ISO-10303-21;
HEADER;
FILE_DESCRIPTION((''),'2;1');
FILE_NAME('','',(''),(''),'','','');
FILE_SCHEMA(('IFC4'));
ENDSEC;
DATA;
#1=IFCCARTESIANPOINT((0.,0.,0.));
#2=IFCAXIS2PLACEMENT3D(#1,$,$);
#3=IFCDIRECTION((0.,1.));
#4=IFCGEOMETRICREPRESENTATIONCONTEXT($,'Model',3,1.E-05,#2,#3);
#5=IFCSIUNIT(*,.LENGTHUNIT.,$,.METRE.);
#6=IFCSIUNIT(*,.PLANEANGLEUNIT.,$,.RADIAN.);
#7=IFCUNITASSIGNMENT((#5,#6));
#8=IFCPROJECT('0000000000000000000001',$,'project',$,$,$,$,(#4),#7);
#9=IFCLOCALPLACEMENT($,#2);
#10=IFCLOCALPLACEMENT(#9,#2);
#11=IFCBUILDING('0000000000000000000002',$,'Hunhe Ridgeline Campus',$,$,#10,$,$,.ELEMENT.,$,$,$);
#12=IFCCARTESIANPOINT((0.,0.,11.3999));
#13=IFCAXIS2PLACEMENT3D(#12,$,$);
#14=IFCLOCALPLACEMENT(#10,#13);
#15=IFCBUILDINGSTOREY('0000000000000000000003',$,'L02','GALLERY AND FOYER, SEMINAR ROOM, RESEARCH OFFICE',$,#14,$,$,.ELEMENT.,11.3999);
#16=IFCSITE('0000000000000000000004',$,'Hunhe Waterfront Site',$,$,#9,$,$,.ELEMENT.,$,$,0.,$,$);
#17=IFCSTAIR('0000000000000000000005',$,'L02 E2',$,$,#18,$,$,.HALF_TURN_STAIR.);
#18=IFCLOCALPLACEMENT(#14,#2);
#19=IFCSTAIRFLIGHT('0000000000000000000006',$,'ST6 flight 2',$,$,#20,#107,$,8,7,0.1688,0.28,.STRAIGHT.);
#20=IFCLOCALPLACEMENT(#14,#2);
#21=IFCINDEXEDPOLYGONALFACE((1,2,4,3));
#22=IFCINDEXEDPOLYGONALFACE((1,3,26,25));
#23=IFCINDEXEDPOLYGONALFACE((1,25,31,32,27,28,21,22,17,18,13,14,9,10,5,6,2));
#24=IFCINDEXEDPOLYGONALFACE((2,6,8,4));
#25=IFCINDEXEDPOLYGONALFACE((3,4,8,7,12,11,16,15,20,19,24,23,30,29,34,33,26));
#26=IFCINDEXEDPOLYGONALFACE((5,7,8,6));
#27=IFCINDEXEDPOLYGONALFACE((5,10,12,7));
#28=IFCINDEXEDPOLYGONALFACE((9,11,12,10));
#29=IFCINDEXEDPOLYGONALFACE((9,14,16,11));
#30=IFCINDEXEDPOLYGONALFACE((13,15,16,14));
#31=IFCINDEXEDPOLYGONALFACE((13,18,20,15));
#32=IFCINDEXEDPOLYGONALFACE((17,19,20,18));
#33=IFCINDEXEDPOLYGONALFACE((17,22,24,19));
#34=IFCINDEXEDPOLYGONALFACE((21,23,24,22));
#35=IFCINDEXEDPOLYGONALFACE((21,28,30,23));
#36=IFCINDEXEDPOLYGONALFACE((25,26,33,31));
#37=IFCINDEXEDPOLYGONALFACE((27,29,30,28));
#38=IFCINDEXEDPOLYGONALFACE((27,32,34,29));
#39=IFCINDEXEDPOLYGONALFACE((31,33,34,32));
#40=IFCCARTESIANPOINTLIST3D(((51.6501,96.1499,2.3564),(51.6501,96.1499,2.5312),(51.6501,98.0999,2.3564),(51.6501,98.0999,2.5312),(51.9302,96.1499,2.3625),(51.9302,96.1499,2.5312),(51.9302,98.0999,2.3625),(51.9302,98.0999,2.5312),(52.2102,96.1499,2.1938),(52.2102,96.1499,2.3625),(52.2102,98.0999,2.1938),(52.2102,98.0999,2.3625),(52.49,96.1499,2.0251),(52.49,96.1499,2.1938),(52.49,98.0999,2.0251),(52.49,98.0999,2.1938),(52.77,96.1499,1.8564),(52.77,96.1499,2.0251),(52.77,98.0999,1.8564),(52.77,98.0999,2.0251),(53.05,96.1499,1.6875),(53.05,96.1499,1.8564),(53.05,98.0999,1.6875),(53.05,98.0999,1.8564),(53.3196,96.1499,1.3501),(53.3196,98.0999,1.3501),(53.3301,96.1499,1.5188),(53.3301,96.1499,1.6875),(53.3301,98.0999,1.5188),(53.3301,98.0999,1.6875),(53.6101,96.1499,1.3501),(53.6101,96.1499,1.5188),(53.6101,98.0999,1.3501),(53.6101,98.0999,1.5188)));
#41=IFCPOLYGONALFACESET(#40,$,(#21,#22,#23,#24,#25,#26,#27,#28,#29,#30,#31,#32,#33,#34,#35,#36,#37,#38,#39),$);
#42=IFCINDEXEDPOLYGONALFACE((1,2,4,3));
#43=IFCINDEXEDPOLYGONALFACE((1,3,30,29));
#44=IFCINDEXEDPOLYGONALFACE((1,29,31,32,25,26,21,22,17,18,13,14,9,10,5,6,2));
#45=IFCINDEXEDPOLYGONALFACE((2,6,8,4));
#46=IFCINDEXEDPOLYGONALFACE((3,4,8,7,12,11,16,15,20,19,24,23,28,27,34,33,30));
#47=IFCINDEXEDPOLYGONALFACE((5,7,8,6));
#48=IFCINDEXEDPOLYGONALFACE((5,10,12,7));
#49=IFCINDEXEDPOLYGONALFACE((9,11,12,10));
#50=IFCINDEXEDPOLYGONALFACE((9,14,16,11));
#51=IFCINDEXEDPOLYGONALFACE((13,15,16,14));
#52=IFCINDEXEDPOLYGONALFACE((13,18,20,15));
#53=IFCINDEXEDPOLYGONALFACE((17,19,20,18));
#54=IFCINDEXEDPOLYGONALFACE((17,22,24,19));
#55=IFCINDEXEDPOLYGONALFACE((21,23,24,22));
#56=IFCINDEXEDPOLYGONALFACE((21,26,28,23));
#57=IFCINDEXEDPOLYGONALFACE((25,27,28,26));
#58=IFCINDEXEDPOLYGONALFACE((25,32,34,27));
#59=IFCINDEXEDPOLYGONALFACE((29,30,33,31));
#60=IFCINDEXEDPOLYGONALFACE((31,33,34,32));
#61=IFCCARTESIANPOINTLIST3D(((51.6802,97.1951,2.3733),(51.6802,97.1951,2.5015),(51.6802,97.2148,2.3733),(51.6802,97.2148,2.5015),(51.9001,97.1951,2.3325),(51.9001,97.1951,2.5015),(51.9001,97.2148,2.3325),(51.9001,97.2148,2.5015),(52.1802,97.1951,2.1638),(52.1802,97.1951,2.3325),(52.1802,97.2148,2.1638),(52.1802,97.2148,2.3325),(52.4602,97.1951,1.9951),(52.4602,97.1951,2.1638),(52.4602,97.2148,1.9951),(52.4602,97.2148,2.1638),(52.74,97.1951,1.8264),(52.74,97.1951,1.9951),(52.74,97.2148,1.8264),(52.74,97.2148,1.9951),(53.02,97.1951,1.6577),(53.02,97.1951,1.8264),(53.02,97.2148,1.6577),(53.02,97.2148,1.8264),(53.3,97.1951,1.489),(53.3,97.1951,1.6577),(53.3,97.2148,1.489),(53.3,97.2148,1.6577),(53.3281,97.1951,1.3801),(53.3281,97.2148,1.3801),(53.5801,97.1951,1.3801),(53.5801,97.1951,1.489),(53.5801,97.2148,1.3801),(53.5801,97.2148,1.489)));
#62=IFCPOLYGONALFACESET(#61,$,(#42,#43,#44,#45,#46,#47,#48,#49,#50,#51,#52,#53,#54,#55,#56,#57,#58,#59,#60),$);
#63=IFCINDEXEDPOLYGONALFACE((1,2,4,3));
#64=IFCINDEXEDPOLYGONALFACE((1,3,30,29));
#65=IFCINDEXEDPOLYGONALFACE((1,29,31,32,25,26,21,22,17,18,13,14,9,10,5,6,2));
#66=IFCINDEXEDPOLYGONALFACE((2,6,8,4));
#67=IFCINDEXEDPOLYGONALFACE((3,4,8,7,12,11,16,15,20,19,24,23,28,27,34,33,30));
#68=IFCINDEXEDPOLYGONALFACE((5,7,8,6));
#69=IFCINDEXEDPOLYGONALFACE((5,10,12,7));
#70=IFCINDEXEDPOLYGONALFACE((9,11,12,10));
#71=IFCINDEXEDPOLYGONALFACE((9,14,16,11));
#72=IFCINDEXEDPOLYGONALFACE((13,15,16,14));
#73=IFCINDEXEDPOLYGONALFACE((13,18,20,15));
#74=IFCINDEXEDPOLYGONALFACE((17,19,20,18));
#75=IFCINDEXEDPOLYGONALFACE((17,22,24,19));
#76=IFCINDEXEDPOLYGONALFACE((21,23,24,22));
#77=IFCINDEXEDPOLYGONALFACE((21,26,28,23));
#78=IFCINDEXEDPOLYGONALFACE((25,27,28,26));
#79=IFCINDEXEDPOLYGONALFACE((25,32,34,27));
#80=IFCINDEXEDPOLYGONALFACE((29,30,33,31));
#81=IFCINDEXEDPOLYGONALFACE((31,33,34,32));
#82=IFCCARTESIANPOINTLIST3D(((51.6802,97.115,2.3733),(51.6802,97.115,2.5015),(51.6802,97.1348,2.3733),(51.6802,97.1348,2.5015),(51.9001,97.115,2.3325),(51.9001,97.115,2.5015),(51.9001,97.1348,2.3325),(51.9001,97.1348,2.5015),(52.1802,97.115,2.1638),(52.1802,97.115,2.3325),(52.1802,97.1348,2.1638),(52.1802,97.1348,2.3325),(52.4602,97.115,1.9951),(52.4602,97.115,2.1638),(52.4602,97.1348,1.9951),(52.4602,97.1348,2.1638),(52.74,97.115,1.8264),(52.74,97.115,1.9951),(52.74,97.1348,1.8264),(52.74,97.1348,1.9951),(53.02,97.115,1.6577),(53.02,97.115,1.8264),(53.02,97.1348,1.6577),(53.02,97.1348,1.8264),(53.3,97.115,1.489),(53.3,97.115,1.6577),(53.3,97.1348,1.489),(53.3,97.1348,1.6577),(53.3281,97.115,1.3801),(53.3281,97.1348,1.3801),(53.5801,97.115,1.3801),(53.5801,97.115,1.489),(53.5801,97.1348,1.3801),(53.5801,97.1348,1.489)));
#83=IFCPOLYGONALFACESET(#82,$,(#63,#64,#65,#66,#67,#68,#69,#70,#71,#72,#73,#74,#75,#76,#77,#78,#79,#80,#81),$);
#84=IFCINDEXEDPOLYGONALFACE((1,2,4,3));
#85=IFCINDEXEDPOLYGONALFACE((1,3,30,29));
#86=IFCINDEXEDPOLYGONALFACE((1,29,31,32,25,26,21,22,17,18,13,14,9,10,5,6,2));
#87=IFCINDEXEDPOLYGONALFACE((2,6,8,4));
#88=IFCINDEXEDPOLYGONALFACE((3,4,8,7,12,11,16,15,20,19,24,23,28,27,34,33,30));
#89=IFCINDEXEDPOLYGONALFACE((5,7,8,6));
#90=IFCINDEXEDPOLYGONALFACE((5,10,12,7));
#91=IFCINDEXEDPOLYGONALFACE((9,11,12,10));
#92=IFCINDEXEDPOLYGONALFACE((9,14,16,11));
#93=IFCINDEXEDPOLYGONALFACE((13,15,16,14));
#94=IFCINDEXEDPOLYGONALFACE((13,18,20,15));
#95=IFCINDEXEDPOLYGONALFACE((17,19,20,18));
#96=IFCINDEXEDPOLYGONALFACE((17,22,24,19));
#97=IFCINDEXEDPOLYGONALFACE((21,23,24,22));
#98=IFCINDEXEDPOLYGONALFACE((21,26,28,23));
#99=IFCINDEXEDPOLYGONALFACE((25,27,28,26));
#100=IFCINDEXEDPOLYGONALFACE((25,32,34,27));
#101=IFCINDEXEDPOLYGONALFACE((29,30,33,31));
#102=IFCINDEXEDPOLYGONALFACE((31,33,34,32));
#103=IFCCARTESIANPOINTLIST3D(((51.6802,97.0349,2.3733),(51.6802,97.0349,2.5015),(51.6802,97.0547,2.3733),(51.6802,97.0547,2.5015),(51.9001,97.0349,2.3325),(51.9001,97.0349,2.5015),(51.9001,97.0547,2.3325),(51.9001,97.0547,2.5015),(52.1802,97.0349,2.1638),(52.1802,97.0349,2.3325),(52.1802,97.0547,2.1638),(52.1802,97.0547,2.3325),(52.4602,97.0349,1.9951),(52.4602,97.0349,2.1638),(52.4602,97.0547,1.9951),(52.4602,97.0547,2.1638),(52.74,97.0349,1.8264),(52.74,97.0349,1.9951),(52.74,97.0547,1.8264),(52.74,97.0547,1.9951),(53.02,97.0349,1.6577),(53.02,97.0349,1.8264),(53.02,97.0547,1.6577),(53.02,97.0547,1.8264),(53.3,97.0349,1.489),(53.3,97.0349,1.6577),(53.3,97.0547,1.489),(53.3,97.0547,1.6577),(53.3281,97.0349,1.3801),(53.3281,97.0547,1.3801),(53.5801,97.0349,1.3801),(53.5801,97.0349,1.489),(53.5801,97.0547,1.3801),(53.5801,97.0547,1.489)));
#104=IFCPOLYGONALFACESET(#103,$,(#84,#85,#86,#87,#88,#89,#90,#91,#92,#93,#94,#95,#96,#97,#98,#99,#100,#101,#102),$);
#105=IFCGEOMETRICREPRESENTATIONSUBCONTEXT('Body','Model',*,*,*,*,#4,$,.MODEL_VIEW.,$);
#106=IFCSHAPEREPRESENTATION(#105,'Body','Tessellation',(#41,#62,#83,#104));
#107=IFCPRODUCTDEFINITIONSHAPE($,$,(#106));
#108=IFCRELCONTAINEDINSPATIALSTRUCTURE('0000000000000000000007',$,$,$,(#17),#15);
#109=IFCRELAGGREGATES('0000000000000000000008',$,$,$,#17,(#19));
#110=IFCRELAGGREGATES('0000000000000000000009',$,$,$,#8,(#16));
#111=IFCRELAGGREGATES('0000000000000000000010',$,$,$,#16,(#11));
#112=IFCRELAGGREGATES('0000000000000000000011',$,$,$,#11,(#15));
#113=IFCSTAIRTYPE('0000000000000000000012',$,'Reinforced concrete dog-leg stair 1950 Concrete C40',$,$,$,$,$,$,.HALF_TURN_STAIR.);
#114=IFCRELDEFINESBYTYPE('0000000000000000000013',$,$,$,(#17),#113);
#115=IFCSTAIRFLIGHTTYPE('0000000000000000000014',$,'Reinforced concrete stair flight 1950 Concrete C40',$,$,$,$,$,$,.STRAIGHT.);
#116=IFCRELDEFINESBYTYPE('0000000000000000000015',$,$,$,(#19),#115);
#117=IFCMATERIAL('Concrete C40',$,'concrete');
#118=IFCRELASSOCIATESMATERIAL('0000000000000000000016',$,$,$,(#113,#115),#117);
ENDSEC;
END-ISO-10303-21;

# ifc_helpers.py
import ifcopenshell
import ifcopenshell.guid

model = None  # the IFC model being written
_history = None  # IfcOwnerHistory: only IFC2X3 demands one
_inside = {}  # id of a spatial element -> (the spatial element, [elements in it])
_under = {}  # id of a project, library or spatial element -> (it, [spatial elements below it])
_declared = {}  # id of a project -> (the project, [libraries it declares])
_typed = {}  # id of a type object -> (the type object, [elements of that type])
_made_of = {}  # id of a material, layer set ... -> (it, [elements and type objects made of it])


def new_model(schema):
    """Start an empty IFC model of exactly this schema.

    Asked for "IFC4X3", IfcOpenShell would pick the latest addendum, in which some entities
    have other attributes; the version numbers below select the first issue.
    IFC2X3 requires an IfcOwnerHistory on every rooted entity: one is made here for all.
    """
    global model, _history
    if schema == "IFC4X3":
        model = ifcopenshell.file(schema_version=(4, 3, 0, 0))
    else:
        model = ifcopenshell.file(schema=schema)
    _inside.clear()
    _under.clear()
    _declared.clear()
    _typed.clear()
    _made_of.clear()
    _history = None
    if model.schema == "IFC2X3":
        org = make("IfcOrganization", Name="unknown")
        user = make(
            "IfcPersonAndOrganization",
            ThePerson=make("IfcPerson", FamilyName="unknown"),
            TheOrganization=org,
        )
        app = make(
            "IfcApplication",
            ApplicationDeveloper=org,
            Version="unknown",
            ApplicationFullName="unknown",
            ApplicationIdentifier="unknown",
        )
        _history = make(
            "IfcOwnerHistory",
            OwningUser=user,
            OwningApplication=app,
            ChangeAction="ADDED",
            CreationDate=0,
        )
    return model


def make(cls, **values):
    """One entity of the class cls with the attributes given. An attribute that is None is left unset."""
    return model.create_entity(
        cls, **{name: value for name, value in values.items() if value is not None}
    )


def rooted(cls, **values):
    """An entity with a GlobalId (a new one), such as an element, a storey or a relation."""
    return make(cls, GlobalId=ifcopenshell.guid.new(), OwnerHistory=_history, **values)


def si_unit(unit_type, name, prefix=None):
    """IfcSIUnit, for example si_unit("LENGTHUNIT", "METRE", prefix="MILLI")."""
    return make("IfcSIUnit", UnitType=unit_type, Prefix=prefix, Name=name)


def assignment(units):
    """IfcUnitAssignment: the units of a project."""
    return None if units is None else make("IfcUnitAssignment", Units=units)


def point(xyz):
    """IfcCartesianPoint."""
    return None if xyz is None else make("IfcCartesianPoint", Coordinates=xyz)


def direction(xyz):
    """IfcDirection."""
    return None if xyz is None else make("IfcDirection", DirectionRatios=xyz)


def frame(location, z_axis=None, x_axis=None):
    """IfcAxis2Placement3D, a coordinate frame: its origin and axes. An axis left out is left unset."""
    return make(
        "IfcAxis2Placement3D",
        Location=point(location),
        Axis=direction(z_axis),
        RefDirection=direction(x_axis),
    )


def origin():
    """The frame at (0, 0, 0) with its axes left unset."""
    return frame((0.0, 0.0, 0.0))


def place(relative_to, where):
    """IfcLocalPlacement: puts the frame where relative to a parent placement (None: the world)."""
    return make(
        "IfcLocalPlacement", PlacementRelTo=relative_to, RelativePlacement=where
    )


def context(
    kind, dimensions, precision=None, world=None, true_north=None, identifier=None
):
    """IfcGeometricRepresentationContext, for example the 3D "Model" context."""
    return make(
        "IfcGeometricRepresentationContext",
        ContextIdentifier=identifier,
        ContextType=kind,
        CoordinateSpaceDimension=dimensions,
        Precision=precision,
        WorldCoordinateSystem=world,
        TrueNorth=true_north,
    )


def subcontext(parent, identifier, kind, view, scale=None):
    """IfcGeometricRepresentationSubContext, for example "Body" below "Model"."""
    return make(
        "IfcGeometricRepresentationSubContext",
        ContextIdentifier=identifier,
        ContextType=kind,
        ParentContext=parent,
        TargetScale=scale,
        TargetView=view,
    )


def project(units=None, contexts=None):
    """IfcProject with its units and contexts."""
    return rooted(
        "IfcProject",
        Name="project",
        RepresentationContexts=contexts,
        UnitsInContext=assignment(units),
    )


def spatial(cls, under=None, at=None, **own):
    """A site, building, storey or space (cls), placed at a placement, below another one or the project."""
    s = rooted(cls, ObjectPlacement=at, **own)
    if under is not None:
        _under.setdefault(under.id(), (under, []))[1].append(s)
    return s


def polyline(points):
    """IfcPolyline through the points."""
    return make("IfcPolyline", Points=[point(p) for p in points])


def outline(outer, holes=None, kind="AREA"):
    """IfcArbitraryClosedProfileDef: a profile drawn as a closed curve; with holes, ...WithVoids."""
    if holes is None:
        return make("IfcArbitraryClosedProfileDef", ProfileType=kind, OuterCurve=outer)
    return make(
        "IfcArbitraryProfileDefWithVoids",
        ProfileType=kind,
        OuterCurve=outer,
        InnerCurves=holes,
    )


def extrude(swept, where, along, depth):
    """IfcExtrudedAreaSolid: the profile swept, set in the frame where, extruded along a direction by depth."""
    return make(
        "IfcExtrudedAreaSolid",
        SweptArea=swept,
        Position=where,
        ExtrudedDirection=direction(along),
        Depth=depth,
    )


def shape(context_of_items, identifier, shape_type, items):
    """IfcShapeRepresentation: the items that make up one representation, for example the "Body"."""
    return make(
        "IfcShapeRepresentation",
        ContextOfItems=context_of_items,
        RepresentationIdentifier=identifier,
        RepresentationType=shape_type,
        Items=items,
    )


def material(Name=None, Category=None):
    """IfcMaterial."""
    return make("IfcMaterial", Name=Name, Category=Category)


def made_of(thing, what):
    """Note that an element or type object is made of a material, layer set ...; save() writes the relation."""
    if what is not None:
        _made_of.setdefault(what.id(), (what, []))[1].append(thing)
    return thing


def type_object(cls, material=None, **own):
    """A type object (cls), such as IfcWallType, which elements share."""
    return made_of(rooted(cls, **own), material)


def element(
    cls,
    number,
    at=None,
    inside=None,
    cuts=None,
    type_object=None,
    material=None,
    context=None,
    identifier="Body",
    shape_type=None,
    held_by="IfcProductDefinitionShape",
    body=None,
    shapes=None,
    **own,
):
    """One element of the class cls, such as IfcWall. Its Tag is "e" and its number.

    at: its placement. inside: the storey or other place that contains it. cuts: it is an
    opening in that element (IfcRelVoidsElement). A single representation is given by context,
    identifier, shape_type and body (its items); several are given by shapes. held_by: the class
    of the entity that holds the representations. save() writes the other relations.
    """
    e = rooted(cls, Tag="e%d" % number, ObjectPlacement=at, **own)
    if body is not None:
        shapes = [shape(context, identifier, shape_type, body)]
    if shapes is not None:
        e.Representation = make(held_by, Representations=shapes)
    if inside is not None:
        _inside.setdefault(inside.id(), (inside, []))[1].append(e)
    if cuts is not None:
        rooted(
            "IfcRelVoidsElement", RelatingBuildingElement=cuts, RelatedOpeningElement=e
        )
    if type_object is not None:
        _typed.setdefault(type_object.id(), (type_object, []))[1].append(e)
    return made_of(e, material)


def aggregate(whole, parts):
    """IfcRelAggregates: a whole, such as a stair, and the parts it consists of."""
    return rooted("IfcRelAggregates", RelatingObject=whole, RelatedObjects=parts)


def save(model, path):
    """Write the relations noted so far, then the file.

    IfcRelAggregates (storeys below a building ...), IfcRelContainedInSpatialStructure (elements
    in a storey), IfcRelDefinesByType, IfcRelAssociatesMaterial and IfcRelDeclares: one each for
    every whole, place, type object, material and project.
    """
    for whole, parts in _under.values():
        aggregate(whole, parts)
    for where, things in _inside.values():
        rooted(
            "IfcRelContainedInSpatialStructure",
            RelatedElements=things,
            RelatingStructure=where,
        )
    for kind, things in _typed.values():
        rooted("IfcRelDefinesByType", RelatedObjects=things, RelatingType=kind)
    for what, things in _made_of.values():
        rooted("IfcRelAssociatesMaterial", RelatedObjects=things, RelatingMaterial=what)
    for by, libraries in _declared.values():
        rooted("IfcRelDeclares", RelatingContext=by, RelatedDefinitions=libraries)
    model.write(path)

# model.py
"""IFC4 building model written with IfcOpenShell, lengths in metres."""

from ifc_helpers import new_model, si_unit, direction, frame, origin, place, context, subcontext, project, spatial, polyline, outline, extrude, material, type_object, element, aggregate, save


model = new_model("IFC4")

# Units and contexts
model_context = context("Model", 3, precision=1e-05, world=origin(), true_north=direction((0.0, 1.0)))
body_context = subcontext(model_context, "Body", "Model", "MODEL_VIEW")
ifc_project = project(units=[si_unit("LENGTHUNIT", "METRE"), si_unit("PLANEANGLEUNIT", "RADIAN")], contexts=[model_context])

# Site, building, storey
site_placement = place(None, origin())
site = spatial("IfcSite", under=ifc_project, at=site_placement, Name="Hunhe Waterfront Site", CompositionType="ELEMENT", RefElevation=0.0)
building_placement = place(site_placement, origin())
building = spatial("IfcBuilding", under=site, at=building_placement, Name="Hunhe Ridgeline Campus", CompositionType="ELEMENT")
storey_placement = place(building_placement, frame((0.0, 0.0, 11.3999)))
storey = spatial("IfcBuildingStorey", under=building, at=storey_placement, Name="L02", Description="GALLERY AND FOYER, SEMINAR ROOM, RESEARCH OFFICE", CompositionType="ELEMENT", Elevation=11.3999)

# Stair, stair flight
ifc_material_1 = material(Name="Concrete C40", Category="concrete")
stair_type = type_object("IfcStairType", Name="Reinforced concrete dog-leg stair 1950 Concrete C40", PredefinedType="HALF_TURN_STAIR", material=ifc_material_1)
stair_1_placement = place(storey_placement, origin())
stair_1 = element("IfcStair", 1, at=stair_1_placement, inside=storey, type_object=stair_type, Name="L02 E2", PredefinedType="HALF_TURN_STAIR")
stair_flight_type = type_object("IfcStairFlightType", Name="Reinforced concrete stair flight 1950 Concrete C40", PredefinedType="STRAIGHT", material=ifc_material_1)
stair_flight_1_placement = place(storey_placement, frame((53.6101, 97.125, 1.3501), z_axis=(0.0, 0.0, 1.0), x_axis=(-1.0, 0.0, 0.0)))
stair_flight_1 = element("IfcStairFlight", 2, at=stair_flight_1_placement, type_object=stair_flight_type, Name="ST6 flight 2", NumberOfRisers=8, NumberOfTreads=7, PredefinedType="STRAIGHT", RiserHeight=0.1688, TreadLength=0.28, context=body_context, shape_type="SweptSolid", body=[
    extrude(outline(polyline([(0.0, 0.0), (0.0, 0.1687), (0.28, 0.1687), (0.28, 0.3374), (0.5601, 0.3374), (0.5601, 0.5063), (0.8401, 0.5063), (0.8401, 0.675), (1.1201, 0.675), (1.1201, 0.8438), (1.3999, 0.8438), (1.3999, 1.0125), (1.6799, 1.0125), (1.6799, 1.1812), (1.96, 1.1812), (1.96, 1.3501), (1.96, 1.0063), (0.2905, 0.0), (0.0, 0.0)])), frame((0.0, 0.9751, 0.0), z_axis=(0.0, -1.0, 0.0), x_axis=(1.0, 0.0, 0.0)), (0.0, 0.0, 1.0), 1.95),
    extrude(outline(polyline([(0.03, 0.03), (0.03, 0.1389), (0.3101, 0.1389), (0.3101, 0.3076), (0.5901, 0.3076), (0.5901, 0.4763), (0.8701, 0.4763), (0.8701, 0.645), (1.1499, 0.645), (1.1499, 0.8137), (1.4299, 0.8137), (1.4299, 0.9824), (1.71, 0.9824), (1.71, 1.1514), (1.9299, 1.1514), (1.9299, 1.0232), (0.282, 0.03), (0.03, 0.03)])), frame((0.0, -0.0701, 0.0), z_axis=(0.0, -1.0, 0.0), x_axis=(1.0, 0.0, 0.0)), (0.0, 0.0, 1.0), 0.0198),
    extrude(outline(polyline([(0.03, 0.03), (0.03, 0.1389), (0.3101, 0.1389), (0.3101, 0.3076), (0.5901, 0.3076), (0.5901, 0.4763), (0.8701, 0.4763), (0.8701, 0.645), (1.1499, 0.645), (1.1499, 0.8137), (1.4299, 0.8137), (1.4299, 0.9824), (1.71, 0.9824), (1.71, 1.1514), (1.9299, 1.1514), (1.9299, 1.0232), (0.282, 0.03), (0.03, 0.03)])), frame((0.0, 0.01, 0.0), z_axis=(0.0, -1.0, 0.0), x_axis=(1.0, 0.0, 0.0)), (0.0, 0.0, 1.0), 0.0198),
    extrude(outline(polyline([(0.03, 0.03), (0.03, 0.1389), (0.3101, 0.1389), (0.3101, 0.3076), (0.5901, 0.3076), (0.5901, 0.4763), (0.8701, 0.4763), (0.8701, 0.645), (1.1499, 0.645), (1.1499, 0.8137), (1.4299, 0.8137), (1.4299, 0.9824), (1.71, 0.9824), (1.71, 1.1514), (1.9299, 1.1514), (1.9299, 1.0232), (0.282, 0.03), (0.03, 0.03)])), frame((0.0, 0.0901, 0.0), z_axis=(0.0, -1.0, 0.0), x_axis=(1.0, 0.0, 0.0)), (0.0, 0.0, 1.0), 0.0198),
])
aggregate(stair_1, [stair_flight_1])

save(model, "model.ifc")
